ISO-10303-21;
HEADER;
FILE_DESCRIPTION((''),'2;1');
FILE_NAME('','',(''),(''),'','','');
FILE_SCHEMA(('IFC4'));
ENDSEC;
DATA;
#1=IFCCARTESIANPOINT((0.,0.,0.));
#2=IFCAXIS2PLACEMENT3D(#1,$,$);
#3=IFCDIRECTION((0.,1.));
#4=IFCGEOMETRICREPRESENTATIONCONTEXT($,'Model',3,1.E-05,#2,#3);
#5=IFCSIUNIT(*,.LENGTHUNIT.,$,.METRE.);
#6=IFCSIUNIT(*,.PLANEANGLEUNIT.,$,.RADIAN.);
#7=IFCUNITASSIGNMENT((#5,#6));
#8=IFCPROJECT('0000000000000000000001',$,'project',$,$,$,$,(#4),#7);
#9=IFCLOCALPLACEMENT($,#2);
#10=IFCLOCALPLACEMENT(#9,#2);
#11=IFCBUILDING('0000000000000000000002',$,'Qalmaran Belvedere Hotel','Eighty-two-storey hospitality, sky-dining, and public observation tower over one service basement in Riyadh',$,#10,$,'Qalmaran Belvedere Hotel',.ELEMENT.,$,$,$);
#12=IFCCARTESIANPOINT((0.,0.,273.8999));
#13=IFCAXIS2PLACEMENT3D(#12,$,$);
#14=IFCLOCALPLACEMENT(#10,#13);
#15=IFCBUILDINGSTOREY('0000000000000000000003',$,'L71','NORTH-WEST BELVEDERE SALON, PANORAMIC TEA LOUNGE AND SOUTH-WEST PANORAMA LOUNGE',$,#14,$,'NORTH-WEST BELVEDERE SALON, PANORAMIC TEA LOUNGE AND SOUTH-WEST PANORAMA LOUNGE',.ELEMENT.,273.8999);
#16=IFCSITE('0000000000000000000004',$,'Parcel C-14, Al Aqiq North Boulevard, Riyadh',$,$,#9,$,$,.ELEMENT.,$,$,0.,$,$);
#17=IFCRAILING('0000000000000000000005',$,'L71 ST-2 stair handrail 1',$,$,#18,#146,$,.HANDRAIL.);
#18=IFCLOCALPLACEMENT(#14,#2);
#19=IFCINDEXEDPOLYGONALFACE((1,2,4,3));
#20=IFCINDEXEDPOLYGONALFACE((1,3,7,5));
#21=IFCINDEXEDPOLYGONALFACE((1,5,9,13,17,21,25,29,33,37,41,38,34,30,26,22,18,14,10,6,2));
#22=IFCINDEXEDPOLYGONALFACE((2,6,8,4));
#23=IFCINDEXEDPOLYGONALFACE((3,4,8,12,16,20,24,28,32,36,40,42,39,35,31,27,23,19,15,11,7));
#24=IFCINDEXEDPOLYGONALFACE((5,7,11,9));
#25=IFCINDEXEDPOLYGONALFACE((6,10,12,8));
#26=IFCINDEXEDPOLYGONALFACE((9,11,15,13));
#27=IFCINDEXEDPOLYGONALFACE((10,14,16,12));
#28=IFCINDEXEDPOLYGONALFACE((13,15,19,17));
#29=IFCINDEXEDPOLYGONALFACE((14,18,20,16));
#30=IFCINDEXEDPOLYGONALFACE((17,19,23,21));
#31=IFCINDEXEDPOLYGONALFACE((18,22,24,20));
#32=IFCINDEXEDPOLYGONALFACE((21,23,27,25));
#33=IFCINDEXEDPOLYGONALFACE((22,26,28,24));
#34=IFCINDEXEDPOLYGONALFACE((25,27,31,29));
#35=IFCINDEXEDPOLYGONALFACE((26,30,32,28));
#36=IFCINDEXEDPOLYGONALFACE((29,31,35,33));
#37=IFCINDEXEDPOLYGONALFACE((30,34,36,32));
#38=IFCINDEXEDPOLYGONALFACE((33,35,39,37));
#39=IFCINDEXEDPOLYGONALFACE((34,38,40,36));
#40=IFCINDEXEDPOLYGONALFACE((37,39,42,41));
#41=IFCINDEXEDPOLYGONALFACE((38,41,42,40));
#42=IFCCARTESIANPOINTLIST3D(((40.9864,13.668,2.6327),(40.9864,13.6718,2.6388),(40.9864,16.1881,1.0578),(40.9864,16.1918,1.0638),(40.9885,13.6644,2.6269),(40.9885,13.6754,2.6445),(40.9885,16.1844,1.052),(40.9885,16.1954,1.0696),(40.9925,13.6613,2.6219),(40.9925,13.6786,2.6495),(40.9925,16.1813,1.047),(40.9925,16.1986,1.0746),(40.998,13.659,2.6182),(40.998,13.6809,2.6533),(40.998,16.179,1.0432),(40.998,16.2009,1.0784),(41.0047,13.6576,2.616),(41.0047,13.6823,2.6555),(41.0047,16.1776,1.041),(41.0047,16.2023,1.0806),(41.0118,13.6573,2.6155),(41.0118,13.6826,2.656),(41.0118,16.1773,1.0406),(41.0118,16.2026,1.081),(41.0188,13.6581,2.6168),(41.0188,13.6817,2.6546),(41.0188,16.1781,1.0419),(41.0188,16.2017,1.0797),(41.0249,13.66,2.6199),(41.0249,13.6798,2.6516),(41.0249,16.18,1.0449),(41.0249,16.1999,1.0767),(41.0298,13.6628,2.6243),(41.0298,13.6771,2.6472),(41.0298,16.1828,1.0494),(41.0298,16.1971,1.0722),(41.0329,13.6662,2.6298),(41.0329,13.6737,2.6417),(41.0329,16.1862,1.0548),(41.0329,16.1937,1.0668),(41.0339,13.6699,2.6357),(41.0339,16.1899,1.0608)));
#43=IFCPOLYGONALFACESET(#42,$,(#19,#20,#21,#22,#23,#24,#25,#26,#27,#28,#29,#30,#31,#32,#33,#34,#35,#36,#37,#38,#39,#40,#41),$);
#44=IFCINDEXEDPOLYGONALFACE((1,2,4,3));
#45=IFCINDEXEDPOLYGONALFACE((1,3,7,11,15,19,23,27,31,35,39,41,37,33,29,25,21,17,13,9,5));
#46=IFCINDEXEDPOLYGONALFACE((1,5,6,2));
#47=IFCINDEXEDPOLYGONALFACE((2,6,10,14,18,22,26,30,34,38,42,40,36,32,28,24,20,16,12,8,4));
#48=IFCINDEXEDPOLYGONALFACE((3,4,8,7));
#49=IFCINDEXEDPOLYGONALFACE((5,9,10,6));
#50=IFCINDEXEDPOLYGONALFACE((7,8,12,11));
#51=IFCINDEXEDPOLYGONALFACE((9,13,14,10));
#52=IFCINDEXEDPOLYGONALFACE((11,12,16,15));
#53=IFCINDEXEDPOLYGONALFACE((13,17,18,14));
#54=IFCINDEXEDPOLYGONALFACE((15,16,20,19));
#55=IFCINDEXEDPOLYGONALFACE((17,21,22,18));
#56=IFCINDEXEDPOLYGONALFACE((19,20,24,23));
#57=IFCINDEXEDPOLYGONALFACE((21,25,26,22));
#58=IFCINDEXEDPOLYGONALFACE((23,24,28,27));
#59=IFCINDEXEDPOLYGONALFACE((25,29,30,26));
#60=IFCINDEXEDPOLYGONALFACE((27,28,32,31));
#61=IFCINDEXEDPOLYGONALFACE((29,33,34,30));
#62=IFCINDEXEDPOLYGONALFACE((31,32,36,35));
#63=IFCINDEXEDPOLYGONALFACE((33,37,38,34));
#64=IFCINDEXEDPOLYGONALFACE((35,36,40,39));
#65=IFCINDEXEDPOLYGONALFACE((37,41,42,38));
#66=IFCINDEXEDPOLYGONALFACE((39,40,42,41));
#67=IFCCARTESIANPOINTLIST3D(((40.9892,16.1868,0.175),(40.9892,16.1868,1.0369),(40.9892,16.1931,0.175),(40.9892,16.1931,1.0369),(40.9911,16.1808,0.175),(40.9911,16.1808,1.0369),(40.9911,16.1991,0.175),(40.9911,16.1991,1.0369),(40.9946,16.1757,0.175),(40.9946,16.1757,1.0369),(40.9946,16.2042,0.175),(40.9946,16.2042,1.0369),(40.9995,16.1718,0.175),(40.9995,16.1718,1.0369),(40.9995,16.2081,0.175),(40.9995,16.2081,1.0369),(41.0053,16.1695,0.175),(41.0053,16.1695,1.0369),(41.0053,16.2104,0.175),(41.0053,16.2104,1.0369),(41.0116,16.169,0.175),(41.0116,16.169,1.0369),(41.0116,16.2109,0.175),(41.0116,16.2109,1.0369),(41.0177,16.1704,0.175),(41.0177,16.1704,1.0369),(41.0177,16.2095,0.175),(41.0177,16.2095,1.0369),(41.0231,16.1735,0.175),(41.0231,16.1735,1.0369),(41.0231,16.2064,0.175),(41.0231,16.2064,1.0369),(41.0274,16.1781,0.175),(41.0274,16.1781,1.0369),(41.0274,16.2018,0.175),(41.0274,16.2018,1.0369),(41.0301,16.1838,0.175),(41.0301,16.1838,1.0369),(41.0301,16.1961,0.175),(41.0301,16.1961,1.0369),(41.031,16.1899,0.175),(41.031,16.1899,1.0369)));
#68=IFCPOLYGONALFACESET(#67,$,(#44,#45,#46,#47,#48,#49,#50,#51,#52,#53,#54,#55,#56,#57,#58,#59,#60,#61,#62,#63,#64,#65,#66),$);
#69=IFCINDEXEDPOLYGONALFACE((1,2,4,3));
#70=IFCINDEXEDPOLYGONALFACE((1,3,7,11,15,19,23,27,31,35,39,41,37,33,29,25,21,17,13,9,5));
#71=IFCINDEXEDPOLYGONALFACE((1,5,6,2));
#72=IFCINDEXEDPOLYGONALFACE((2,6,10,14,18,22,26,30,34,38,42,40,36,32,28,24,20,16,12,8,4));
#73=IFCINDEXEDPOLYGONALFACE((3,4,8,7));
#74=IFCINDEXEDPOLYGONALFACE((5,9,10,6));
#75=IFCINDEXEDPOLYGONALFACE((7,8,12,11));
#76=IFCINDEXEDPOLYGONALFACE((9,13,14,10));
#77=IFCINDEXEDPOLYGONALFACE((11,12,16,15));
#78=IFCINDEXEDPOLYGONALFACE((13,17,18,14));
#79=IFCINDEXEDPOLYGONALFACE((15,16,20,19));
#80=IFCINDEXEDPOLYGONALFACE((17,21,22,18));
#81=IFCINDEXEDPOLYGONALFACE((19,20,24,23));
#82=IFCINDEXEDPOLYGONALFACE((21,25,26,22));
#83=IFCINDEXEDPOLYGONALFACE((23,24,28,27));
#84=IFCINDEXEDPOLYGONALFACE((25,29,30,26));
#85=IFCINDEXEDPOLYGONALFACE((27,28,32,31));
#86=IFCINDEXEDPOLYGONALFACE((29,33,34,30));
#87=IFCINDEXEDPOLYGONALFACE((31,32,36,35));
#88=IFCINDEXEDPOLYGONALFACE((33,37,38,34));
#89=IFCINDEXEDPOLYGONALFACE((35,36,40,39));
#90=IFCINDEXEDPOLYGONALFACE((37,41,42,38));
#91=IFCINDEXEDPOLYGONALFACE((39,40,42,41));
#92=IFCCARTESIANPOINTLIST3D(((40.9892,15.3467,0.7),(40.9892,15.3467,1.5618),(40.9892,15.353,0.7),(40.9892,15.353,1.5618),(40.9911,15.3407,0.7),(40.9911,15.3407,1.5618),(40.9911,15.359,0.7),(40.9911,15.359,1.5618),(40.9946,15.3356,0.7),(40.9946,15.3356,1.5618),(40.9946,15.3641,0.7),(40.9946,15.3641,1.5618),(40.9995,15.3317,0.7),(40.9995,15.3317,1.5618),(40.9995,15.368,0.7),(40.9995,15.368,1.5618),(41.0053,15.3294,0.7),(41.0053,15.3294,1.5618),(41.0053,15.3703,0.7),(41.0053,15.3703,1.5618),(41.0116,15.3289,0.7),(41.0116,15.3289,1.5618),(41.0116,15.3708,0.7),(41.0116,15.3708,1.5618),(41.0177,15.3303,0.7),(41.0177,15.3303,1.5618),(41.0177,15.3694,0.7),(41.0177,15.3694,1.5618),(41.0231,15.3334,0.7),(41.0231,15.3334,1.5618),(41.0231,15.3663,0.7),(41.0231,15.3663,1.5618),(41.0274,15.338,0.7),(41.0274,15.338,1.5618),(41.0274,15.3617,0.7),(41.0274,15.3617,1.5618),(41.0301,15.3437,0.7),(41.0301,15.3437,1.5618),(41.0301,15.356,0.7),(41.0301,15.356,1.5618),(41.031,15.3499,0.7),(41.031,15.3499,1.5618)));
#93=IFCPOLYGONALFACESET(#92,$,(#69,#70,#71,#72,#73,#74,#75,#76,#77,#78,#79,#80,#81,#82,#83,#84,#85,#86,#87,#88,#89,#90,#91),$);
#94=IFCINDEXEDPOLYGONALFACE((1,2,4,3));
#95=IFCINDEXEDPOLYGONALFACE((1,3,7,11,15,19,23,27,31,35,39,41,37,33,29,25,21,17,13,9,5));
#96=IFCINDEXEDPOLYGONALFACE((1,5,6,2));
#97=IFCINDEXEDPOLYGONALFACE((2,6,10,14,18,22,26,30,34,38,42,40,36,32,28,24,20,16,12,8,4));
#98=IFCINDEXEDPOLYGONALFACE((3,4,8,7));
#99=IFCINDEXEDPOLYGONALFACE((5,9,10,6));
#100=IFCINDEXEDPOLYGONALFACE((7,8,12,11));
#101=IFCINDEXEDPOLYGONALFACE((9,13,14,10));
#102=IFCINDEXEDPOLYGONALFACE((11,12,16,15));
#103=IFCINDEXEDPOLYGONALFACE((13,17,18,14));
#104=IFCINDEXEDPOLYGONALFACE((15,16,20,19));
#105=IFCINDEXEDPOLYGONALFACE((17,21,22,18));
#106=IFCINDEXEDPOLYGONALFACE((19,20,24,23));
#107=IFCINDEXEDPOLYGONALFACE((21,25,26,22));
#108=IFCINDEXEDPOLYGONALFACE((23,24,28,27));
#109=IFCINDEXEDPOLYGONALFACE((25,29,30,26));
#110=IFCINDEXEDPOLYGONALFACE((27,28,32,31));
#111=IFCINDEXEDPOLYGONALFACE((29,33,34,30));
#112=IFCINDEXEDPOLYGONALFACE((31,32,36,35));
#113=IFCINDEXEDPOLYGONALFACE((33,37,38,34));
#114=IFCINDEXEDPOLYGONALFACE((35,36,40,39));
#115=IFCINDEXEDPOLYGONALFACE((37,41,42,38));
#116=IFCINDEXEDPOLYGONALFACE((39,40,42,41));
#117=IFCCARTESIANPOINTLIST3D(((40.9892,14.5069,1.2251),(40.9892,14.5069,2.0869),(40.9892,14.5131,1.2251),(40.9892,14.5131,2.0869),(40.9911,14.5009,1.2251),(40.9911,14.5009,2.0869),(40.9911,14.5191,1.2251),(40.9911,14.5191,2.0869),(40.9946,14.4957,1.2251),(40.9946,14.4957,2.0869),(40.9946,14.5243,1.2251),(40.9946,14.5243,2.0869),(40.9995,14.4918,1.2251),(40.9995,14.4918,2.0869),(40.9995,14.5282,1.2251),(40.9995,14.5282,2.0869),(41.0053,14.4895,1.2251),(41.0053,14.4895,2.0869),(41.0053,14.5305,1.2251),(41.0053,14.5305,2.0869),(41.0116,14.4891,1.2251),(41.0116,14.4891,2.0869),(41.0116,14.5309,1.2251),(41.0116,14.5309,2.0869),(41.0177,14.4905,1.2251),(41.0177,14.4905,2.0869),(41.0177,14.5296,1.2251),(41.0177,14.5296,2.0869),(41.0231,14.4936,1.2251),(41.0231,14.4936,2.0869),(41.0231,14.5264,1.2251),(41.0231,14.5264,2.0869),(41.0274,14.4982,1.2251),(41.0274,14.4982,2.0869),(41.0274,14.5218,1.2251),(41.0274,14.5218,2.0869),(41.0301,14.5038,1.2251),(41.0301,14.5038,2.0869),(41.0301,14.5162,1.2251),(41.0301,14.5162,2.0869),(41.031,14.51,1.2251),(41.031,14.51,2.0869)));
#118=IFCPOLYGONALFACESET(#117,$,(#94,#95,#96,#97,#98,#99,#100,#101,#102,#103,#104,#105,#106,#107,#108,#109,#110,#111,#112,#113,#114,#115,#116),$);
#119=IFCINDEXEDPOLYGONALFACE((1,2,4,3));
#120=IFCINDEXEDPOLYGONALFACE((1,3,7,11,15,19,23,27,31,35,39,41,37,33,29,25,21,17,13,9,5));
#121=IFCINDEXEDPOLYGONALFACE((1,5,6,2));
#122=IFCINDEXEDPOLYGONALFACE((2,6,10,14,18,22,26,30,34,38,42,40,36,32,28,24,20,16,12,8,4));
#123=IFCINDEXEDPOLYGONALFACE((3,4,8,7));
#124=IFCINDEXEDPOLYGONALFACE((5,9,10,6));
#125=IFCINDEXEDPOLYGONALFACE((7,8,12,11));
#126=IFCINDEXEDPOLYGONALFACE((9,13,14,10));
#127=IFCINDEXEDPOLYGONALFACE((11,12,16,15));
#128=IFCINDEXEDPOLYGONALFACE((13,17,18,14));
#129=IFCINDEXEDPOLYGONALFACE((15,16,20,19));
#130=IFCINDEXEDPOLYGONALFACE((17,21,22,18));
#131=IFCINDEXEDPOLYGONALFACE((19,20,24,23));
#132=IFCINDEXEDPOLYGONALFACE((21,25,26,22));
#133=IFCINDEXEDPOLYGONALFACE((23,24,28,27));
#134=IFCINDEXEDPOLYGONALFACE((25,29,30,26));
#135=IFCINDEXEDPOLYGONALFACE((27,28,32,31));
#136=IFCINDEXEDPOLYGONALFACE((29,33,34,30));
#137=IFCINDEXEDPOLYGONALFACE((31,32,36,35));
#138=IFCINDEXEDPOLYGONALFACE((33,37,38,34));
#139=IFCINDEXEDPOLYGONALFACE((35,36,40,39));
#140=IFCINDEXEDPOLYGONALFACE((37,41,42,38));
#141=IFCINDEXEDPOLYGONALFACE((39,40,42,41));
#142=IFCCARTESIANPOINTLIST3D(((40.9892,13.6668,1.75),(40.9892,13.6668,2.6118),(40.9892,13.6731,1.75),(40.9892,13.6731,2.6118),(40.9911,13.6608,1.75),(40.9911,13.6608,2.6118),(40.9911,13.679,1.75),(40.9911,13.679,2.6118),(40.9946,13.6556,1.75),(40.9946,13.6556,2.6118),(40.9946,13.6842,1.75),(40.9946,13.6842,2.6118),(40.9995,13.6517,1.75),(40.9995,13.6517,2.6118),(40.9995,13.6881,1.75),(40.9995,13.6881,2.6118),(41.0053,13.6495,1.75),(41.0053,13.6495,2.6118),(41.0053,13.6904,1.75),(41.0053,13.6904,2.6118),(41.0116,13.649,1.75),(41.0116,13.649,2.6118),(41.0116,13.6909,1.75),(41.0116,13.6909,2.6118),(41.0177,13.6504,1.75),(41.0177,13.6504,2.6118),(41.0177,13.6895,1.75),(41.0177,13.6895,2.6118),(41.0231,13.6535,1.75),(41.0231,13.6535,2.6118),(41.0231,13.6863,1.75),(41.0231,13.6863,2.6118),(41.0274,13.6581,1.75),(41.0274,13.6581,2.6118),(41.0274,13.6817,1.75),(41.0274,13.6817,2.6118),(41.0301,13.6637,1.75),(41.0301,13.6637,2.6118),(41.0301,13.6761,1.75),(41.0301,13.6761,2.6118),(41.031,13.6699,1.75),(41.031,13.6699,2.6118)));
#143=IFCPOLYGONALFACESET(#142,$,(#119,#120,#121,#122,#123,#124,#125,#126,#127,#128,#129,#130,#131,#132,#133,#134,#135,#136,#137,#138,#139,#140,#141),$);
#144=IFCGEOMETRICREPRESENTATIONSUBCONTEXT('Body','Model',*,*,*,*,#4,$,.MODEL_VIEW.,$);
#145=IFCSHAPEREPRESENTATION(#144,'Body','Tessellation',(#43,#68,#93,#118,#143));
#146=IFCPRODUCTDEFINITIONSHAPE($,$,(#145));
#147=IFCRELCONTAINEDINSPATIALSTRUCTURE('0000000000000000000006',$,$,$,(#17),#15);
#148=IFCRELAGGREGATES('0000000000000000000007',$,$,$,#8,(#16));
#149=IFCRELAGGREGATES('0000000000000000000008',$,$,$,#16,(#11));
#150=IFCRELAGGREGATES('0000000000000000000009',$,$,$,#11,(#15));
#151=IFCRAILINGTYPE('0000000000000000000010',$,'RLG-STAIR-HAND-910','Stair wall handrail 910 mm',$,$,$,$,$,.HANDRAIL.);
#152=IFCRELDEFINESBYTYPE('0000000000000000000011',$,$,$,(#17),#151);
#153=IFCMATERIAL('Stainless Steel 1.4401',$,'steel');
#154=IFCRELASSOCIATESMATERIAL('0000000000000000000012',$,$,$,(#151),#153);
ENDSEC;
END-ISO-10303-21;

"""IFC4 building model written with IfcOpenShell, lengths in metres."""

from ifc_helpers import new_model, si_unit, direction, frame, origin, origin_2d, place, context, subcontext, project, spatial, circle, extrude, material, type_object, element, save


model = new_model("IFC4")

# Units and contexts
model_context = context("Model", 3, precision=1e-05, world=origin(), true_north=direction((0.0, 1.0)))
body_context = subcontext(model_context, "Body", "Model", "MODEL_VIEW")
ifc_project = project(units=[si_unit("LENGTHUNIT", "METRE"), si_unit("PLANEANGLEUNIT", "RADIAN")], contexts=[model_context])

# Site, building, storey
site_placement = place(None, origin())
site = spatial("IfcSite", under=ifc_project, at=site_placement, Name="Parcel C-14, Al Aqiq North Boulevard, Riyadh", CompositionType="ELEMENT", RefElevation=0.0)
building_placement = place(site_placement, origin())
building = spatial("IfcBuilding", under=site, at=building_placement, Name="Qalmaran Belvedere Hotel", Description="Eighty-two-storey hospitality, sky-dining, and public observation tower over one service basement in Riyadh", LongName="Qalmaran Belvedere Hotel", CompositionType="ELEMENT")
storey_placement = place(building_placement, frame((0.0, 0.0, 273.8999)))
storey = spatial("IfcBuildingStorey", under=building, at=storey_placement, Name="L71", Description="NORTH-WEST BELVEDERE SALON, PANORAMIC TEA LOUNGE AND SOUTH-WEST PANORAMA LOUNGE", LongName="NORTH-WEST BELVEDERE SALON, PANORAMIC TEA LOUNGE AND SOUTH-WEST PANORAMA LOUNGE", CompositionType="ELEMENT", Elevation=273.8999)

# Railing
ifc_material_1 = material(Name="Stainless Steel 1.4401", Category="steel")
railing_type_1 = type_object("IfcRailingType", Name="RLG-STAIR-HAND-910", Description="Stair wall handrail 910 mm", PredefinedType="HANDRAIL", material=ifc_material_1)
railing_1_placement = place(storey_placement, frame((41.01, 16.1899, 0.175)))
element("IfcRailing", 1, at=railing_1_placement, inside=storey, type_object=railing_type_1, Name="L71 ST-2 stair handrail 1", PredefinedType="HANDRAIL", context=body_context, shape_type="SweptSolid", body=[
    extrude(circle(Radius=0.0239, at=origin_2d()), frame((0.0, 0.0, 0.8857), z_axis=(0.0, -0.848008, 0.529984), x_axis=(1.0, 0.0, 0.0)), (0.0, 0.0, 1.0), 2.9717),
    extrude(circle(Radius=0.021, at=origin_2d()), origin(), (0.0, 0.0, 1.0), 0.8618),
    extrude(circle(Radius=0.021, at=origin_2d()), frame((0.0, -0.8401, 0.5249)), (0.0, 0.0, 1.0), 0.8618),
    extrude(circle(Radius=0.021, at=origin_2d()), frame((0.0, -1.6799, 1.05)), (0.0, 0.0, 1.0), 0.8618),
    extrude(circle(Radius=0.021, at=origin_2d()), frame((0.0, -2.52, 1.575)), (0.0, 0.0, 1.0), 0.8618),
])

save(model, "model.ifc")
